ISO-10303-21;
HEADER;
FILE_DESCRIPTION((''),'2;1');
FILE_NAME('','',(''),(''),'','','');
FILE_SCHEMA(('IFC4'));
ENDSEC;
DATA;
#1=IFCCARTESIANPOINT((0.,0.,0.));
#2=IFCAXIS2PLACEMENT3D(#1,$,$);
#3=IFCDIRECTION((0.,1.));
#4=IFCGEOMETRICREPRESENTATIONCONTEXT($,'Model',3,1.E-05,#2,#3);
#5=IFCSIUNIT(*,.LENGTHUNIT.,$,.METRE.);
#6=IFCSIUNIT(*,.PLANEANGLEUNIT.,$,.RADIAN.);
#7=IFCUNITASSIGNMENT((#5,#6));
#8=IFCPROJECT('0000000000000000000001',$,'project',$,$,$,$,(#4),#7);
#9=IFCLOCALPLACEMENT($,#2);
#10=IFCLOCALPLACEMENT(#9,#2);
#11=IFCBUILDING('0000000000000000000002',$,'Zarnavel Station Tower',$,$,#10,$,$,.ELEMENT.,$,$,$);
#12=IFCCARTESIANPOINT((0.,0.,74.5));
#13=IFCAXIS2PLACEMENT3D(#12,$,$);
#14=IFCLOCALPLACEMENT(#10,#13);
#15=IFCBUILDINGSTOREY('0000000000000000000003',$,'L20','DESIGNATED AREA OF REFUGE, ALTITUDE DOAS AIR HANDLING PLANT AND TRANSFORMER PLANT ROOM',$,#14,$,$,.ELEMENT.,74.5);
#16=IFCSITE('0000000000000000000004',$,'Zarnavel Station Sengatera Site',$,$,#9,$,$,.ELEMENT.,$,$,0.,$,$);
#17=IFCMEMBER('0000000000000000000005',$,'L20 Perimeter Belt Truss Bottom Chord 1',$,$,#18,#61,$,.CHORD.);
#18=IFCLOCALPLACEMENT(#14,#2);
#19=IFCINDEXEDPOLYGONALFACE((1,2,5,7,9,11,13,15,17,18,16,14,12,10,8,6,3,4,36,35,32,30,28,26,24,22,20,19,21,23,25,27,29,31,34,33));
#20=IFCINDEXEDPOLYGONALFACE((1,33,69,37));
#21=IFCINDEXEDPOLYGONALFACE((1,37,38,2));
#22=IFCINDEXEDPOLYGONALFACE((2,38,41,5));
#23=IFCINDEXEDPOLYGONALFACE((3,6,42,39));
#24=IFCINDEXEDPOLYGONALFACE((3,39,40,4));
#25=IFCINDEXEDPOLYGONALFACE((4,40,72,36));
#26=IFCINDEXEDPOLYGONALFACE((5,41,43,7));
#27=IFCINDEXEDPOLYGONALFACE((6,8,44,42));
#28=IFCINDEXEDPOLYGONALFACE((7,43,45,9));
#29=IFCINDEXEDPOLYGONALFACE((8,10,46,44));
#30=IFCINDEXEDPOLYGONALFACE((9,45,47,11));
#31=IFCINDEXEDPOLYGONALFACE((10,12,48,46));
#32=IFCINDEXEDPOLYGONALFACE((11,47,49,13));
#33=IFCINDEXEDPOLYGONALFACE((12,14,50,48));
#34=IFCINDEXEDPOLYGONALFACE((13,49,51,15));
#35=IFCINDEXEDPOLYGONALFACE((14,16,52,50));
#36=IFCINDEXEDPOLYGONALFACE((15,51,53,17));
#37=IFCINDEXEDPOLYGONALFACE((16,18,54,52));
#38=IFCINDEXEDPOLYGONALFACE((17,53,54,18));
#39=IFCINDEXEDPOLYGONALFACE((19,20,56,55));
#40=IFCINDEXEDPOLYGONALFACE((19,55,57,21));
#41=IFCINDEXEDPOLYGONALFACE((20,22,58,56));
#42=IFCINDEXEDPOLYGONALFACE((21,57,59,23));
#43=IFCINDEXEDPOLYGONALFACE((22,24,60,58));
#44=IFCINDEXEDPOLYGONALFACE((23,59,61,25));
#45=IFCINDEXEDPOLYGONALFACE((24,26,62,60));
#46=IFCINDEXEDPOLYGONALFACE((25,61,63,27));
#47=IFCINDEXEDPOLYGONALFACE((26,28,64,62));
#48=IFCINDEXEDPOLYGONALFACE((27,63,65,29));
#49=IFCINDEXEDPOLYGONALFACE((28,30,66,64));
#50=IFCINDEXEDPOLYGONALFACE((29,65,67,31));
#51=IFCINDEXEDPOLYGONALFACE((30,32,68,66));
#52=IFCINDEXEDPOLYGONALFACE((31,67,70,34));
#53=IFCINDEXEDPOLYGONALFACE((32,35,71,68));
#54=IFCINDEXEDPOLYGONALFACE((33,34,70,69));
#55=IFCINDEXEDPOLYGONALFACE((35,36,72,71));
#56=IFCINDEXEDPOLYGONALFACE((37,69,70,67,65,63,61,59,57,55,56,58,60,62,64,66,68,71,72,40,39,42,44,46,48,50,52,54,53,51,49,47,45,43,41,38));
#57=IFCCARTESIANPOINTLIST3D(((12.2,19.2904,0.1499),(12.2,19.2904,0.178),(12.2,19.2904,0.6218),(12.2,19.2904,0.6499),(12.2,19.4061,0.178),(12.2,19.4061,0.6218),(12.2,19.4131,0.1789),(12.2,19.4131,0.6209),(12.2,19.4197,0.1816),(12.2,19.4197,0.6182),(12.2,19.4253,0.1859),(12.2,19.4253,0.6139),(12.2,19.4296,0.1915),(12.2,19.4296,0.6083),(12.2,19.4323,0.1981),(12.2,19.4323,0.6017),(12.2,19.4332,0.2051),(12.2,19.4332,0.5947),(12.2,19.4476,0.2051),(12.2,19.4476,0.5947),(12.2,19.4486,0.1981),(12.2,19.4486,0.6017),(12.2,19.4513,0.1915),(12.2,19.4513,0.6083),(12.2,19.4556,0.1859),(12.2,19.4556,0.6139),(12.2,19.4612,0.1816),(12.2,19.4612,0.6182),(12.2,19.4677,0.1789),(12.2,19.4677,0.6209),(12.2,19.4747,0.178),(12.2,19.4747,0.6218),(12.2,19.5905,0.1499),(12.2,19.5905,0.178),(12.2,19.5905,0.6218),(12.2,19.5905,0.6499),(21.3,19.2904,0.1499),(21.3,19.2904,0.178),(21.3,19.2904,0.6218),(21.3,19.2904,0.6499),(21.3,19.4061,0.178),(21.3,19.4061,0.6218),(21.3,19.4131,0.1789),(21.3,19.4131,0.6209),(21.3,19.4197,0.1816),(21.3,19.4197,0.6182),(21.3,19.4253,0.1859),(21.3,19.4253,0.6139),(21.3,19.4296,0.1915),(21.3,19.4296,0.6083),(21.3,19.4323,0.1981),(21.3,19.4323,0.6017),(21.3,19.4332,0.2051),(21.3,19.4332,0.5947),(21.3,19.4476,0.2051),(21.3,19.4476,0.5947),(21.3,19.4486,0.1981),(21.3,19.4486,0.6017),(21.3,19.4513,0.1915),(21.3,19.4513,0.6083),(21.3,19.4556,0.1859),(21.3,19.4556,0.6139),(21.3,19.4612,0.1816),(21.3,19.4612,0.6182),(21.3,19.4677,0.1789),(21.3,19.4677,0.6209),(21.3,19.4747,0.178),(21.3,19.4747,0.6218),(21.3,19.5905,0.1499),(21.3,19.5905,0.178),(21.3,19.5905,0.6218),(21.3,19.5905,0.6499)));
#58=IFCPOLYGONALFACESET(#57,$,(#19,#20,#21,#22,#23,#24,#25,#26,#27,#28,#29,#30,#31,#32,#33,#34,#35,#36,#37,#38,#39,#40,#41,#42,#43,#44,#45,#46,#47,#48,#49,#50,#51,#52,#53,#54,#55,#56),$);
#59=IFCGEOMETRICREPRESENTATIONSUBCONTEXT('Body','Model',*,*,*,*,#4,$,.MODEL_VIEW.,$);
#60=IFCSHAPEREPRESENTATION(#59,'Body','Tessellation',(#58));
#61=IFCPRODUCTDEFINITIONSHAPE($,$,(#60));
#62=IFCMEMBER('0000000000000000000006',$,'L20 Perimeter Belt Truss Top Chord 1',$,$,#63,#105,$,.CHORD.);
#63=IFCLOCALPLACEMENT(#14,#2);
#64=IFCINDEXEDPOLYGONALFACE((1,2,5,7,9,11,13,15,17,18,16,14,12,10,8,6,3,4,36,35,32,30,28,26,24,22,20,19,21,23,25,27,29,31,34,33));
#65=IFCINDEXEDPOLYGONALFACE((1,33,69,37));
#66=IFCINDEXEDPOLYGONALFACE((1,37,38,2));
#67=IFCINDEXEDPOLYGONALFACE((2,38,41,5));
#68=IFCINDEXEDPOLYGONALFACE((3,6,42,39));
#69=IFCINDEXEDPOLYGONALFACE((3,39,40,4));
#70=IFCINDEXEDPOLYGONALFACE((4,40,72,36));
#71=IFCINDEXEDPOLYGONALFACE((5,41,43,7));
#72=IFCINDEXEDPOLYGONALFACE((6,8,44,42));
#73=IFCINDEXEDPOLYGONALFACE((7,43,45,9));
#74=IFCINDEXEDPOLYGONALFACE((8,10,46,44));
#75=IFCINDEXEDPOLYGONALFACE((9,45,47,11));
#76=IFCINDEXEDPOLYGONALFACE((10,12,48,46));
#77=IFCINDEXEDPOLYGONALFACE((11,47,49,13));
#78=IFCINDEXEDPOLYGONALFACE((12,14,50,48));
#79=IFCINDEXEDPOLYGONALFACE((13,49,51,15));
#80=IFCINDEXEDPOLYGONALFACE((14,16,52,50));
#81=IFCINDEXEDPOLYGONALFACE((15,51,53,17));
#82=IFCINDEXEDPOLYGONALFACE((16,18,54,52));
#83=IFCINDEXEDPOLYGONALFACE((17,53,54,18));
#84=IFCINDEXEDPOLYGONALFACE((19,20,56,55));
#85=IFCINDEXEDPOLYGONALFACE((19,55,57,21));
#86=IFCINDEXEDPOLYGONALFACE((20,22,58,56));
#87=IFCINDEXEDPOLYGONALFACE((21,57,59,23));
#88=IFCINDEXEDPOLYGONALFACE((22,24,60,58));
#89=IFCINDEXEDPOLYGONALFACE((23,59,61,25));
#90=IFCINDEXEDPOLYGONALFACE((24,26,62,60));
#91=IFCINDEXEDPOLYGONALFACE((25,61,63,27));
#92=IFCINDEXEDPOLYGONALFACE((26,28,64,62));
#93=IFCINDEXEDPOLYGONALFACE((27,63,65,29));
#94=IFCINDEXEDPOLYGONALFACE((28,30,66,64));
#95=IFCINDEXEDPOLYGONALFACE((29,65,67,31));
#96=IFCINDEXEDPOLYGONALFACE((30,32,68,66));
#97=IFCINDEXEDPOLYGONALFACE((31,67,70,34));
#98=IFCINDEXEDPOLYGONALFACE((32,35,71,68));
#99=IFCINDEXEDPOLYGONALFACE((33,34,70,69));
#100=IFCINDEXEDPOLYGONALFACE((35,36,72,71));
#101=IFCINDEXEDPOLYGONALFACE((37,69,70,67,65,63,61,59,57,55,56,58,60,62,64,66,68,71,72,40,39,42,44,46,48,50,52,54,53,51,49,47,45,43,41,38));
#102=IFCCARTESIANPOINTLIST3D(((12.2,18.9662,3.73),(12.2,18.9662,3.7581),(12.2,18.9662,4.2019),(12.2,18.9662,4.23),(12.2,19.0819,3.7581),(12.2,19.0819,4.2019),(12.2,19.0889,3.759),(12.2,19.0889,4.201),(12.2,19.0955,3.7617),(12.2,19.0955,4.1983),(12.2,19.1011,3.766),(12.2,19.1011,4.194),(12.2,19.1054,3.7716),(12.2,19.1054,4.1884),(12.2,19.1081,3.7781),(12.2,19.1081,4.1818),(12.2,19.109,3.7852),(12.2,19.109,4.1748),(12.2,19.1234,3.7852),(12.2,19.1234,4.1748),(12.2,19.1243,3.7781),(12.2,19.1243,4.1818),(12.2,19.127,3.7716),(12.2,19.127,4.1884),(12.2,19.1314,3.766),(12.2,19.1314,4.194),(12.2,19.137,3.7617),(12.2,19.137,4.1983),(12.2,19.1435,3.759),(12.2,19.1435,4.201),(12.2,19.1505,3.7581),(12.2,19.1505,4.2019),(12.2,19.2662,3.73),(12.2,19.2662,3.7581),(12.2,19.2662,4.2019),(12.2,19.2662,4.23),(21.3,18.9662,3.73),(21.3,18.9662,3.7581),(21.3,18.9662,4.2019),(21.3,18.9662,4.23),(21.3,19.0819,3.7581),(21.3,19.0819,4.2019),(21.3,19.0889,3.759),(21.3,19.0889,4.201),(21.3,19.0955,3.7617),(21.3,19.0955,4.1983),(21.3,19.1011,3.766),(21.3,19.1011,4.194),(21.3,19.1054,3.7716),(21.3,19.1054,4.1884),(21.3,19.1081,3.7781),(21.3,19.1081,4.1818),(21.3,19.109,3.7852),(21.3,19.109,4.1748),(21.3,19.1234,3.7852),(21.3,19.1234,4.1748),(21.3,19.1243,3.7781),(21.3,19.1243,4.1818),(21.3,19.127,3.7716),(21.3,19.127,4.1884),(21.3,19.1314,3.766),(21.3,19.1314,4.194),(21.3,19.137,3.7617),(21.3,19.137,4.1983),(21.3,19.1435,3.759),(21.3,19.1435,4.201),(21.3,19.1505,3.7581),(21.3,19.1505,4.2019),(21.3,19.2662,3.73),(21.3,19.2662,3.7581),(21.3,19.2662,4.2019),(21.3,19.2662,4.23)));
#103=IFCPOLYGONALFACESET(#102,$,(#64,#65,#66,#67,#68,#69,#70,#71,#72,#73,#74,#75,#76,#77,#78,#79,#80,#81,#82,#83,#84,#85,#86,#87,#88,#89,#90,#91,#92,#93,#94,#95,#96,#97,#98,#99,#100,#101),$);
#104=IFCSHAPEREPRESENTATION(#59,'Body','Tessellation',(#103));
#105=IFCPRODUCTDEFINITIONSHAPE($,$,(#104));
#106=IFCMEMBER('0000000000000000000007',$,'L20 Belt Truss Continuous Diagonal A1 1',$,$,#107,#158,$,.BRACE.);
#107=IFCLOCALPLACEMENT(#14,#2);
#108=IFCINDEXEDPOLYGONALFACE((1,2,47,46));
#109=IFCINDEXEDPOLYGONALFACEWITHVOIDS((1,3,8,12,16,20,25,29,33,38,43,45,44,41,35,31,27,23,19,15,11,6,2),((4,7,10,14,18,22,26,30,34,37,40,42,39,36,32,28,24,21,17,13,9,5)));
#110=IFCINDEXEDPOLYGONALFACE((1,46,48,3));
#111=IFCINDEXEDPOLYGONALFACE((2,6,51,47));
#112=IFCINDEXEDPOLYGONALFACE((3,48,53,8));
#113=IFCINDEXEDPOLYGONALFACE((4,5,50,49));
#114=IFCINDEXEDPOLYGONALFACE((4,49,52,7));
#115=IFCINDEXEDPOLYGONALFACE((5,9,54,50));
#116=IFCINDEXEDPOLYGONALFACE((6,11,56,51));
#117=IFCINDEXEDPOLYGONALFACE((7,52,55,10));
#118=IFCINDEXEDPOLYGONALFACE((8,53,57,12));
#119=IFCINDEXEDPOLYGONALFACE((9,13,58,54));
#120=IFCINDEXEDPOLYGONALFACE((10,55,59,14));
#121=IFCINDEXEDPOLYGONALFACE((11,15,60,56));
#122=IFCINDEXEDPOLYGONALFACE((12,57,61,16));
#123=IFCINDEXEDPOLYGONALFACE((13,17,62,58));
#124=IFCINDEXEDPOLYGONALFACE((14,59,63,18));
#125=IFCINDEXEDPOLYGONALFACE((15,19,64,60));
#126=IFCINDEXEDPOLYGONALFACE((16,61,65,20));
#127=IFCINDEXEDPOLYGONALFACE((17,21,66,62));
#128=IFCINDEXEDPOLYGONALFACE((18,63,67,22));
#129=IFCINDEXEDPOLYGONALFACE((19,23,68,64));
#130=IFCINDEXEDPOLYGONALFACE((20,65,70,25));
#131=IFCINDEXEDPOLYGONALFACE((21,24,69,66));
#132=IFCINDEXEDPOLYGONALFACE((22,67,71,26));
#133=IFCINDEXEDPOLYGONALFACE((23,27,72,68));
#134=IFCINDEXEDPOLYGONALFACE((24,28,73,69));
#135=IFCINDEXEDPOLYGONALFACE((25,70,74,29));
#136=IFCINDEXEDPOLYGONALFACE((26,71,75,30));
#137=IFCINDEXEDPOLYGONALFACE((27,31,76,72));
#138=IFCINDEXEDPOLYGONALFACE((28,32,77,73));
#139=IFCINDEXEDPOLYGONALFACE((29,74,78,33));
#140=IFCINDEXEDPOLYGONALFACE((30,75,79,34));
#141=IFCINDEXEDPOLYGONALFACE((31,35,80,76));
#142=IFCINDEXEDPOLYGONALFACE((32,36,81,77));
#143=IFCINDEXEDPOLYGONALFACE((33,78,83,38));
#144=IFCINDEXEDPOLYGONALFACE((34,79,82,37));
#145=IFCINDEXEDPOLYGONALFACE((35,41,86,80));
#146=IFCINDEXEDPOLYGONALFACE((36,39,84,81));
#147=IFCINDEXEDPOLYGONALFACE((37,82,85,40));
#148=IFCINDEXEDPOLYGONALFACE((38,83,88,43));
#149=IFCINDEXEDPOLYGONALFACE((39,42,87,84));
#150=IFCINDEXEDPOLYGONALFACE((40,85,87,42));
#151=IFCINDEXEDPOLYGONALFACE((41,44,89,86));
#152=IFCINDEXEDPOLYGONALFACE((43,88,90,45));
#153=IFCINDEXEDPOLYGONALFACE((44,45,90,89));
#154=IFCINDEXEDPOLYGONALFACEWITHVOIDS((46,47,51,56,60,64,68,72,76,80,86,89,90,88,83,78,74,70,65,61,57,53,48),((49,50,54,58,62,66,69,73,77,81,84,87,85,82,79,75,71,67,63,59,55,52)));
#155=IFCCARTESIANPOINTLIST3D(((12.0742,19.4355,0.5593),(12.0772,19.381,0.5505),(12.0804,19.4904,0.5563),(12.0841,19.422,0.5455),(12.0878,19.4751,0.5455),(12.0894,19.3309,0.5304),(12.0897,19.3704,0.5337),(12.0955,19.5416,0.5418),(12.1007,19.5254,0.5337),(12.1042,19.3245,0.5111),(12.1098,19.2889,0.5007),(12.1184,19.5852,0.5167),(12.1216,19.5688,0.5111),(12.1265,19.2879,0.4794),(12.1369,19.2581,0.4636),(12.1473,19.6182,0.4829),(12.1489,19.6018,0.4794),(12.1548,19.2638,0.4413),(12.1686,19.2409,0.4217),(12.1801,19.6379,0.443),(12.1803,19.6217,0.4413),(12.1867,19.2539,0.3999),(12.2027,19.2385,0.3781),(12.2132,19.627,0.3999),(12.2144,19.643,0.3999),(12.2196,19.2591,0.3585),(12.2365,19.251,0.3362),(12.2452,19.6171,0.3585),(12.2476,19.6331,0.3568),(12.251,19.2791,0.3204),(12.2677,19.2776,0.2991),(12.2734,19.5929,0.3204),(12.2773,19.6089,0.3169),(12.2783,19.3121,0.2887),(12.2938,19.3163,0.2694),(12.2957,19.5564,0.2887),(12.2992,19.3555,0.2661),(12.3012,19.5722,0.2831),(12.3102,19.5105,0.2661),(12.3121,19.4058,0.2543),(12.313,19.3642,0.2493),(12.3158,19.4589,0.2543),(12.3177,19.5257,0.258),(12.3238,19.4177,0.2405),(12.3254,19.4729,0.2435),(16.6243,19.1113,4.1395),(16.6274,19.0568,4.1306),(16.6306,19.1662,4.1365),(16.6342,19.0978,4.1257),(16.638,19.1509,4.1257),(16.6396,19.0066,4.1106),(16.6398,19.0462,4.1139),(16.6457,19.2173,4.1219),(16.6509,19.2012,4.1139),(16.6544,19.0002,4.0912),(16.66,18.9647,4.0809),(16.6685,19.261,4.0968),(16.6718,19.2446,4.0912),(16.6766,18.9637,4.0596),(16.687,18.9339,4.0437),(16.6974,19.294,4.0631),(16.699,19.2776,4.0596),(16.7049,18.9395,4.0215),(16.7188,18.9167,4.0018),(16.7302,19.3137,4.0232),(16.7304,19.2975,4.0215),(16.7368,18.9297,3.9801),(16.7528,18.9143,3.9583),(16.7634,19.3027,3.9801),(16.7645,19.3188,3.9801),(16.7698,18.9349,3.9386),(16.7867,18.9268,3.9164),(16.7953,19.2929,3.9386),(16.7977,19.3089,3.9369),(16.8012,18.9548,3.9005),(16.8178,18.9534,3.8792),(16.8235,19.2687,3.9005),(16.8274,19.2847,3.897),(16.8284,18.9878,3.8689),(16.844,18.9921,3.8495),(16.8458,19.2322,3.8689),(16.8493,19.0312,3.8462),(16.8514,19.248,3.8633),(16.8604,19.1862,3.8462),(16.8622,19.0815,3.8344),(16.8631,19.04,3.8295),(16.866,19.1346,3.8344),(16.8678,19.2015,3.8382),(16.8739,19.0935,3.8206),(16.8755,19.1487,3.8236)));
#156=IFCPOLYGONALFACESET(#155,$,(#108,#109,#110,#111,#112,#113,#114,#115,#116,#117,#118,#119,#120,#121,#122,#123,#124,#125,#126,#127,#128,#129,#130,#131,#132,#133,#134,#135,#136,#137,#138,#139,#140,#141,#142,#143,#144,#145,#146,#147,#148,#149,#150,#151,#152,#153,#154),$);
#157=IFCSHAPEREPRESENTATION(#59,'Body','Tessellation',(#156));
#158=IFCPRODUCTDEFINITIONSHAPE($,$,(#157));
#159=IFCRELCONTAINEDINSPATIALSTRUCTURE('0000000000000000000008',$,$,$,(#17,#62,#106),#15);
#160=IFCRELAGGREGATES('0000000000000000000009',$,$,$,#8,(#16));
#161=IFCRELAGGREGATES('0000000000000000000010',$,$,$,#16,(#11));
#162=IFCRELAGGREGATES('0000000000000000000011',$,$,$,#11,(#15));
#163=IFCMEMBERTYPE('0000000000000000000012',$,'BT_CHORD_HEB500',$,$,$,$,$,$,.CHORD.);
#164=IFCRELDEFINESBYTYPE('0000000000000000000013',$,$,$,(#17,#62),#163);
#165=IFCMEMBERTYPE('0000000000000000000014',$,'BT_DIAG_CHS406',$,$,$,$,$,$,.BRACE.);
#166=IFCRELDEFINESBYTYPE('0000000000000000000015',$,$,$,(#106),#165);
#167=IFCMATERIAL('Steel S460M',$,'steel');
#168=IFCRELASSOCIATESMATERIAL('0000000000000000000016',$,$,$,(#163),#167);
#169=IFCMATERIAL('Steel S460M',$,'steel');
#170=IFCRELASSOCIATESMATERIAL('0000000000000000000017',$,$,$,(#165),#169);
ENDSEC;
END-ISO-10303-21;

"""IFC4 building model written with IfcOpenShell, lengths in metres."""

from ifc_helpers import new_model, si_unit, direction, frame, origin, origin_2d, place, context, subcontext, project, spatial, hollow_circle, i_section, extrude, material, material_profile, profile_set, type_object, element, save


model = new_model("IFC4")

# Units and contexts
model_context = context("Model", 3, precision=1e-05, world=origin(), true_north=direction((0.0, 1.0)))
body_context = subcontext(model_context, "Body", "Model", "MODEL_VIEW")
ifc_project = project(units=[si_unit("LENGTHUNIT", "METRE"), si_unit("PLANEANGLEUNIT", "RADIAN")], contexts=[model_context])

# Site, building, storey
site_placement = place(None, origin())
site = spatial("IfcSite", under=ifc_project, at=site_placement, Name="Zarnavel Station Sengatera Site", CompositionType="ELEMENT", RefElevation=0.0)
building_placement = place(site_placement, origin())
building = spatial("IfcBuilding", under=site, at=building_placement, Name="Zarnavel Station Tower", CompositionType="ELEMENT")
storey_placement = place(building_placement, frame((0.0, 0.0, 74.5)))
storey = spatial("IfcBuildingStorey", under=building, at=storey_placement, Name="L20", Description="DESIGNATED AREA OF REFUGE, ALTITUDE DOAS AIR HANDLING PLANT AND TRANSFORMER PLANT ROOM", CompositionType="ELEMENT", Elevation=74.5)

# Members
ifc_material_1 = material(Name="Steel S460M", Category="steel")
ifc_material_profile_1 = material_profile(ifc_material_1, i_section(OverallWidth=0.3, OverallDepth=0.5, WebThickness=0.0144, FlangeThickness=0.0281, FilletRadius=0.0271, at=origin_2d()), Name="HEB500")
ifc_profile_set_1 = profile_set([ifc_material_profile_1], Name="Steel S460M")
member_type_1 = type_object("IfcMemberType", Name="BT_CHORD_HEB500", PredefinedType="CHORD", material=ifc_profile_set_1)
for number, where, z_axis, x_axis, name in (
    (1, (12.2, 19.4404, 0.3999), (1.0, 0.0, 0.0), (0.0, 1.0, 0.0), "L20 Perimeter Belt Truss Bottom Chord 1"),
    (2, (12.2, 19.1162, 3.98), (1.0, 0.0, 0.0), (0.0, 1.0, 0.0), "L20 Perimeter Belt Truss Top Chord 1"),
):
    element("IfcMember", number, at=place(storey_placement, frame(where, z_axis=z_axis, x_axis=x_axis)), inside=storey, type_object=member_type_1, Name=name, PredefinedType="CHORD", context=body_context, shape_type="SweptSolid", body=[
        extrude(i_section(OverallWidth=0.3, OverallDepth=0.5, WebThickness=0.0144, FlangeThickness=0.0281, FilletRadius=0.0271, at=origin_2d()), origin(), (0.0, 0.0, 1.0), 9.1001),
    ])
ifc_material_2 = material(Name="Steel S460M", Category="steel")
ifc_material_profile_2 = material_profile(ifc_material_2, hollow_circle(Radius=0.2031, WallThickness=0.0161, at=origin_2d()), Name="CHS406.4x16")
ifc_profile_set_2 = profile_set([ifc_material_profile_2], Name="Steel S460M")
member_type_2 = type_object("IfcMemberType", Name="BT_DIAG_CHS406", PredefinedType="BRACE", material=ifc_profile_set_2)
member_1_placement = place(storey_placement, frame((12.2, 19.4404, 0.3999), z_axis=(0.784666, -0.055912, 0.617392), x_axis=(0.071076, 0.997471, 0.0)))
element("IfcMember", 3, at=member_1_placement, inside=storey, type_object=member_type_2, Name="L20 Belt Truss Continuous Diagonal A1 1", PredefinedType="BRACE", context=body_context, shape_type="SweptSolid", body=[
    extrude(hollow_circle(Radius=0.2031, WallThickness=0.0161, at=origin_2d()), origin(), (0.0, 0.0, 1.0), 5.7988),
])

save(model, "model.ifc")
